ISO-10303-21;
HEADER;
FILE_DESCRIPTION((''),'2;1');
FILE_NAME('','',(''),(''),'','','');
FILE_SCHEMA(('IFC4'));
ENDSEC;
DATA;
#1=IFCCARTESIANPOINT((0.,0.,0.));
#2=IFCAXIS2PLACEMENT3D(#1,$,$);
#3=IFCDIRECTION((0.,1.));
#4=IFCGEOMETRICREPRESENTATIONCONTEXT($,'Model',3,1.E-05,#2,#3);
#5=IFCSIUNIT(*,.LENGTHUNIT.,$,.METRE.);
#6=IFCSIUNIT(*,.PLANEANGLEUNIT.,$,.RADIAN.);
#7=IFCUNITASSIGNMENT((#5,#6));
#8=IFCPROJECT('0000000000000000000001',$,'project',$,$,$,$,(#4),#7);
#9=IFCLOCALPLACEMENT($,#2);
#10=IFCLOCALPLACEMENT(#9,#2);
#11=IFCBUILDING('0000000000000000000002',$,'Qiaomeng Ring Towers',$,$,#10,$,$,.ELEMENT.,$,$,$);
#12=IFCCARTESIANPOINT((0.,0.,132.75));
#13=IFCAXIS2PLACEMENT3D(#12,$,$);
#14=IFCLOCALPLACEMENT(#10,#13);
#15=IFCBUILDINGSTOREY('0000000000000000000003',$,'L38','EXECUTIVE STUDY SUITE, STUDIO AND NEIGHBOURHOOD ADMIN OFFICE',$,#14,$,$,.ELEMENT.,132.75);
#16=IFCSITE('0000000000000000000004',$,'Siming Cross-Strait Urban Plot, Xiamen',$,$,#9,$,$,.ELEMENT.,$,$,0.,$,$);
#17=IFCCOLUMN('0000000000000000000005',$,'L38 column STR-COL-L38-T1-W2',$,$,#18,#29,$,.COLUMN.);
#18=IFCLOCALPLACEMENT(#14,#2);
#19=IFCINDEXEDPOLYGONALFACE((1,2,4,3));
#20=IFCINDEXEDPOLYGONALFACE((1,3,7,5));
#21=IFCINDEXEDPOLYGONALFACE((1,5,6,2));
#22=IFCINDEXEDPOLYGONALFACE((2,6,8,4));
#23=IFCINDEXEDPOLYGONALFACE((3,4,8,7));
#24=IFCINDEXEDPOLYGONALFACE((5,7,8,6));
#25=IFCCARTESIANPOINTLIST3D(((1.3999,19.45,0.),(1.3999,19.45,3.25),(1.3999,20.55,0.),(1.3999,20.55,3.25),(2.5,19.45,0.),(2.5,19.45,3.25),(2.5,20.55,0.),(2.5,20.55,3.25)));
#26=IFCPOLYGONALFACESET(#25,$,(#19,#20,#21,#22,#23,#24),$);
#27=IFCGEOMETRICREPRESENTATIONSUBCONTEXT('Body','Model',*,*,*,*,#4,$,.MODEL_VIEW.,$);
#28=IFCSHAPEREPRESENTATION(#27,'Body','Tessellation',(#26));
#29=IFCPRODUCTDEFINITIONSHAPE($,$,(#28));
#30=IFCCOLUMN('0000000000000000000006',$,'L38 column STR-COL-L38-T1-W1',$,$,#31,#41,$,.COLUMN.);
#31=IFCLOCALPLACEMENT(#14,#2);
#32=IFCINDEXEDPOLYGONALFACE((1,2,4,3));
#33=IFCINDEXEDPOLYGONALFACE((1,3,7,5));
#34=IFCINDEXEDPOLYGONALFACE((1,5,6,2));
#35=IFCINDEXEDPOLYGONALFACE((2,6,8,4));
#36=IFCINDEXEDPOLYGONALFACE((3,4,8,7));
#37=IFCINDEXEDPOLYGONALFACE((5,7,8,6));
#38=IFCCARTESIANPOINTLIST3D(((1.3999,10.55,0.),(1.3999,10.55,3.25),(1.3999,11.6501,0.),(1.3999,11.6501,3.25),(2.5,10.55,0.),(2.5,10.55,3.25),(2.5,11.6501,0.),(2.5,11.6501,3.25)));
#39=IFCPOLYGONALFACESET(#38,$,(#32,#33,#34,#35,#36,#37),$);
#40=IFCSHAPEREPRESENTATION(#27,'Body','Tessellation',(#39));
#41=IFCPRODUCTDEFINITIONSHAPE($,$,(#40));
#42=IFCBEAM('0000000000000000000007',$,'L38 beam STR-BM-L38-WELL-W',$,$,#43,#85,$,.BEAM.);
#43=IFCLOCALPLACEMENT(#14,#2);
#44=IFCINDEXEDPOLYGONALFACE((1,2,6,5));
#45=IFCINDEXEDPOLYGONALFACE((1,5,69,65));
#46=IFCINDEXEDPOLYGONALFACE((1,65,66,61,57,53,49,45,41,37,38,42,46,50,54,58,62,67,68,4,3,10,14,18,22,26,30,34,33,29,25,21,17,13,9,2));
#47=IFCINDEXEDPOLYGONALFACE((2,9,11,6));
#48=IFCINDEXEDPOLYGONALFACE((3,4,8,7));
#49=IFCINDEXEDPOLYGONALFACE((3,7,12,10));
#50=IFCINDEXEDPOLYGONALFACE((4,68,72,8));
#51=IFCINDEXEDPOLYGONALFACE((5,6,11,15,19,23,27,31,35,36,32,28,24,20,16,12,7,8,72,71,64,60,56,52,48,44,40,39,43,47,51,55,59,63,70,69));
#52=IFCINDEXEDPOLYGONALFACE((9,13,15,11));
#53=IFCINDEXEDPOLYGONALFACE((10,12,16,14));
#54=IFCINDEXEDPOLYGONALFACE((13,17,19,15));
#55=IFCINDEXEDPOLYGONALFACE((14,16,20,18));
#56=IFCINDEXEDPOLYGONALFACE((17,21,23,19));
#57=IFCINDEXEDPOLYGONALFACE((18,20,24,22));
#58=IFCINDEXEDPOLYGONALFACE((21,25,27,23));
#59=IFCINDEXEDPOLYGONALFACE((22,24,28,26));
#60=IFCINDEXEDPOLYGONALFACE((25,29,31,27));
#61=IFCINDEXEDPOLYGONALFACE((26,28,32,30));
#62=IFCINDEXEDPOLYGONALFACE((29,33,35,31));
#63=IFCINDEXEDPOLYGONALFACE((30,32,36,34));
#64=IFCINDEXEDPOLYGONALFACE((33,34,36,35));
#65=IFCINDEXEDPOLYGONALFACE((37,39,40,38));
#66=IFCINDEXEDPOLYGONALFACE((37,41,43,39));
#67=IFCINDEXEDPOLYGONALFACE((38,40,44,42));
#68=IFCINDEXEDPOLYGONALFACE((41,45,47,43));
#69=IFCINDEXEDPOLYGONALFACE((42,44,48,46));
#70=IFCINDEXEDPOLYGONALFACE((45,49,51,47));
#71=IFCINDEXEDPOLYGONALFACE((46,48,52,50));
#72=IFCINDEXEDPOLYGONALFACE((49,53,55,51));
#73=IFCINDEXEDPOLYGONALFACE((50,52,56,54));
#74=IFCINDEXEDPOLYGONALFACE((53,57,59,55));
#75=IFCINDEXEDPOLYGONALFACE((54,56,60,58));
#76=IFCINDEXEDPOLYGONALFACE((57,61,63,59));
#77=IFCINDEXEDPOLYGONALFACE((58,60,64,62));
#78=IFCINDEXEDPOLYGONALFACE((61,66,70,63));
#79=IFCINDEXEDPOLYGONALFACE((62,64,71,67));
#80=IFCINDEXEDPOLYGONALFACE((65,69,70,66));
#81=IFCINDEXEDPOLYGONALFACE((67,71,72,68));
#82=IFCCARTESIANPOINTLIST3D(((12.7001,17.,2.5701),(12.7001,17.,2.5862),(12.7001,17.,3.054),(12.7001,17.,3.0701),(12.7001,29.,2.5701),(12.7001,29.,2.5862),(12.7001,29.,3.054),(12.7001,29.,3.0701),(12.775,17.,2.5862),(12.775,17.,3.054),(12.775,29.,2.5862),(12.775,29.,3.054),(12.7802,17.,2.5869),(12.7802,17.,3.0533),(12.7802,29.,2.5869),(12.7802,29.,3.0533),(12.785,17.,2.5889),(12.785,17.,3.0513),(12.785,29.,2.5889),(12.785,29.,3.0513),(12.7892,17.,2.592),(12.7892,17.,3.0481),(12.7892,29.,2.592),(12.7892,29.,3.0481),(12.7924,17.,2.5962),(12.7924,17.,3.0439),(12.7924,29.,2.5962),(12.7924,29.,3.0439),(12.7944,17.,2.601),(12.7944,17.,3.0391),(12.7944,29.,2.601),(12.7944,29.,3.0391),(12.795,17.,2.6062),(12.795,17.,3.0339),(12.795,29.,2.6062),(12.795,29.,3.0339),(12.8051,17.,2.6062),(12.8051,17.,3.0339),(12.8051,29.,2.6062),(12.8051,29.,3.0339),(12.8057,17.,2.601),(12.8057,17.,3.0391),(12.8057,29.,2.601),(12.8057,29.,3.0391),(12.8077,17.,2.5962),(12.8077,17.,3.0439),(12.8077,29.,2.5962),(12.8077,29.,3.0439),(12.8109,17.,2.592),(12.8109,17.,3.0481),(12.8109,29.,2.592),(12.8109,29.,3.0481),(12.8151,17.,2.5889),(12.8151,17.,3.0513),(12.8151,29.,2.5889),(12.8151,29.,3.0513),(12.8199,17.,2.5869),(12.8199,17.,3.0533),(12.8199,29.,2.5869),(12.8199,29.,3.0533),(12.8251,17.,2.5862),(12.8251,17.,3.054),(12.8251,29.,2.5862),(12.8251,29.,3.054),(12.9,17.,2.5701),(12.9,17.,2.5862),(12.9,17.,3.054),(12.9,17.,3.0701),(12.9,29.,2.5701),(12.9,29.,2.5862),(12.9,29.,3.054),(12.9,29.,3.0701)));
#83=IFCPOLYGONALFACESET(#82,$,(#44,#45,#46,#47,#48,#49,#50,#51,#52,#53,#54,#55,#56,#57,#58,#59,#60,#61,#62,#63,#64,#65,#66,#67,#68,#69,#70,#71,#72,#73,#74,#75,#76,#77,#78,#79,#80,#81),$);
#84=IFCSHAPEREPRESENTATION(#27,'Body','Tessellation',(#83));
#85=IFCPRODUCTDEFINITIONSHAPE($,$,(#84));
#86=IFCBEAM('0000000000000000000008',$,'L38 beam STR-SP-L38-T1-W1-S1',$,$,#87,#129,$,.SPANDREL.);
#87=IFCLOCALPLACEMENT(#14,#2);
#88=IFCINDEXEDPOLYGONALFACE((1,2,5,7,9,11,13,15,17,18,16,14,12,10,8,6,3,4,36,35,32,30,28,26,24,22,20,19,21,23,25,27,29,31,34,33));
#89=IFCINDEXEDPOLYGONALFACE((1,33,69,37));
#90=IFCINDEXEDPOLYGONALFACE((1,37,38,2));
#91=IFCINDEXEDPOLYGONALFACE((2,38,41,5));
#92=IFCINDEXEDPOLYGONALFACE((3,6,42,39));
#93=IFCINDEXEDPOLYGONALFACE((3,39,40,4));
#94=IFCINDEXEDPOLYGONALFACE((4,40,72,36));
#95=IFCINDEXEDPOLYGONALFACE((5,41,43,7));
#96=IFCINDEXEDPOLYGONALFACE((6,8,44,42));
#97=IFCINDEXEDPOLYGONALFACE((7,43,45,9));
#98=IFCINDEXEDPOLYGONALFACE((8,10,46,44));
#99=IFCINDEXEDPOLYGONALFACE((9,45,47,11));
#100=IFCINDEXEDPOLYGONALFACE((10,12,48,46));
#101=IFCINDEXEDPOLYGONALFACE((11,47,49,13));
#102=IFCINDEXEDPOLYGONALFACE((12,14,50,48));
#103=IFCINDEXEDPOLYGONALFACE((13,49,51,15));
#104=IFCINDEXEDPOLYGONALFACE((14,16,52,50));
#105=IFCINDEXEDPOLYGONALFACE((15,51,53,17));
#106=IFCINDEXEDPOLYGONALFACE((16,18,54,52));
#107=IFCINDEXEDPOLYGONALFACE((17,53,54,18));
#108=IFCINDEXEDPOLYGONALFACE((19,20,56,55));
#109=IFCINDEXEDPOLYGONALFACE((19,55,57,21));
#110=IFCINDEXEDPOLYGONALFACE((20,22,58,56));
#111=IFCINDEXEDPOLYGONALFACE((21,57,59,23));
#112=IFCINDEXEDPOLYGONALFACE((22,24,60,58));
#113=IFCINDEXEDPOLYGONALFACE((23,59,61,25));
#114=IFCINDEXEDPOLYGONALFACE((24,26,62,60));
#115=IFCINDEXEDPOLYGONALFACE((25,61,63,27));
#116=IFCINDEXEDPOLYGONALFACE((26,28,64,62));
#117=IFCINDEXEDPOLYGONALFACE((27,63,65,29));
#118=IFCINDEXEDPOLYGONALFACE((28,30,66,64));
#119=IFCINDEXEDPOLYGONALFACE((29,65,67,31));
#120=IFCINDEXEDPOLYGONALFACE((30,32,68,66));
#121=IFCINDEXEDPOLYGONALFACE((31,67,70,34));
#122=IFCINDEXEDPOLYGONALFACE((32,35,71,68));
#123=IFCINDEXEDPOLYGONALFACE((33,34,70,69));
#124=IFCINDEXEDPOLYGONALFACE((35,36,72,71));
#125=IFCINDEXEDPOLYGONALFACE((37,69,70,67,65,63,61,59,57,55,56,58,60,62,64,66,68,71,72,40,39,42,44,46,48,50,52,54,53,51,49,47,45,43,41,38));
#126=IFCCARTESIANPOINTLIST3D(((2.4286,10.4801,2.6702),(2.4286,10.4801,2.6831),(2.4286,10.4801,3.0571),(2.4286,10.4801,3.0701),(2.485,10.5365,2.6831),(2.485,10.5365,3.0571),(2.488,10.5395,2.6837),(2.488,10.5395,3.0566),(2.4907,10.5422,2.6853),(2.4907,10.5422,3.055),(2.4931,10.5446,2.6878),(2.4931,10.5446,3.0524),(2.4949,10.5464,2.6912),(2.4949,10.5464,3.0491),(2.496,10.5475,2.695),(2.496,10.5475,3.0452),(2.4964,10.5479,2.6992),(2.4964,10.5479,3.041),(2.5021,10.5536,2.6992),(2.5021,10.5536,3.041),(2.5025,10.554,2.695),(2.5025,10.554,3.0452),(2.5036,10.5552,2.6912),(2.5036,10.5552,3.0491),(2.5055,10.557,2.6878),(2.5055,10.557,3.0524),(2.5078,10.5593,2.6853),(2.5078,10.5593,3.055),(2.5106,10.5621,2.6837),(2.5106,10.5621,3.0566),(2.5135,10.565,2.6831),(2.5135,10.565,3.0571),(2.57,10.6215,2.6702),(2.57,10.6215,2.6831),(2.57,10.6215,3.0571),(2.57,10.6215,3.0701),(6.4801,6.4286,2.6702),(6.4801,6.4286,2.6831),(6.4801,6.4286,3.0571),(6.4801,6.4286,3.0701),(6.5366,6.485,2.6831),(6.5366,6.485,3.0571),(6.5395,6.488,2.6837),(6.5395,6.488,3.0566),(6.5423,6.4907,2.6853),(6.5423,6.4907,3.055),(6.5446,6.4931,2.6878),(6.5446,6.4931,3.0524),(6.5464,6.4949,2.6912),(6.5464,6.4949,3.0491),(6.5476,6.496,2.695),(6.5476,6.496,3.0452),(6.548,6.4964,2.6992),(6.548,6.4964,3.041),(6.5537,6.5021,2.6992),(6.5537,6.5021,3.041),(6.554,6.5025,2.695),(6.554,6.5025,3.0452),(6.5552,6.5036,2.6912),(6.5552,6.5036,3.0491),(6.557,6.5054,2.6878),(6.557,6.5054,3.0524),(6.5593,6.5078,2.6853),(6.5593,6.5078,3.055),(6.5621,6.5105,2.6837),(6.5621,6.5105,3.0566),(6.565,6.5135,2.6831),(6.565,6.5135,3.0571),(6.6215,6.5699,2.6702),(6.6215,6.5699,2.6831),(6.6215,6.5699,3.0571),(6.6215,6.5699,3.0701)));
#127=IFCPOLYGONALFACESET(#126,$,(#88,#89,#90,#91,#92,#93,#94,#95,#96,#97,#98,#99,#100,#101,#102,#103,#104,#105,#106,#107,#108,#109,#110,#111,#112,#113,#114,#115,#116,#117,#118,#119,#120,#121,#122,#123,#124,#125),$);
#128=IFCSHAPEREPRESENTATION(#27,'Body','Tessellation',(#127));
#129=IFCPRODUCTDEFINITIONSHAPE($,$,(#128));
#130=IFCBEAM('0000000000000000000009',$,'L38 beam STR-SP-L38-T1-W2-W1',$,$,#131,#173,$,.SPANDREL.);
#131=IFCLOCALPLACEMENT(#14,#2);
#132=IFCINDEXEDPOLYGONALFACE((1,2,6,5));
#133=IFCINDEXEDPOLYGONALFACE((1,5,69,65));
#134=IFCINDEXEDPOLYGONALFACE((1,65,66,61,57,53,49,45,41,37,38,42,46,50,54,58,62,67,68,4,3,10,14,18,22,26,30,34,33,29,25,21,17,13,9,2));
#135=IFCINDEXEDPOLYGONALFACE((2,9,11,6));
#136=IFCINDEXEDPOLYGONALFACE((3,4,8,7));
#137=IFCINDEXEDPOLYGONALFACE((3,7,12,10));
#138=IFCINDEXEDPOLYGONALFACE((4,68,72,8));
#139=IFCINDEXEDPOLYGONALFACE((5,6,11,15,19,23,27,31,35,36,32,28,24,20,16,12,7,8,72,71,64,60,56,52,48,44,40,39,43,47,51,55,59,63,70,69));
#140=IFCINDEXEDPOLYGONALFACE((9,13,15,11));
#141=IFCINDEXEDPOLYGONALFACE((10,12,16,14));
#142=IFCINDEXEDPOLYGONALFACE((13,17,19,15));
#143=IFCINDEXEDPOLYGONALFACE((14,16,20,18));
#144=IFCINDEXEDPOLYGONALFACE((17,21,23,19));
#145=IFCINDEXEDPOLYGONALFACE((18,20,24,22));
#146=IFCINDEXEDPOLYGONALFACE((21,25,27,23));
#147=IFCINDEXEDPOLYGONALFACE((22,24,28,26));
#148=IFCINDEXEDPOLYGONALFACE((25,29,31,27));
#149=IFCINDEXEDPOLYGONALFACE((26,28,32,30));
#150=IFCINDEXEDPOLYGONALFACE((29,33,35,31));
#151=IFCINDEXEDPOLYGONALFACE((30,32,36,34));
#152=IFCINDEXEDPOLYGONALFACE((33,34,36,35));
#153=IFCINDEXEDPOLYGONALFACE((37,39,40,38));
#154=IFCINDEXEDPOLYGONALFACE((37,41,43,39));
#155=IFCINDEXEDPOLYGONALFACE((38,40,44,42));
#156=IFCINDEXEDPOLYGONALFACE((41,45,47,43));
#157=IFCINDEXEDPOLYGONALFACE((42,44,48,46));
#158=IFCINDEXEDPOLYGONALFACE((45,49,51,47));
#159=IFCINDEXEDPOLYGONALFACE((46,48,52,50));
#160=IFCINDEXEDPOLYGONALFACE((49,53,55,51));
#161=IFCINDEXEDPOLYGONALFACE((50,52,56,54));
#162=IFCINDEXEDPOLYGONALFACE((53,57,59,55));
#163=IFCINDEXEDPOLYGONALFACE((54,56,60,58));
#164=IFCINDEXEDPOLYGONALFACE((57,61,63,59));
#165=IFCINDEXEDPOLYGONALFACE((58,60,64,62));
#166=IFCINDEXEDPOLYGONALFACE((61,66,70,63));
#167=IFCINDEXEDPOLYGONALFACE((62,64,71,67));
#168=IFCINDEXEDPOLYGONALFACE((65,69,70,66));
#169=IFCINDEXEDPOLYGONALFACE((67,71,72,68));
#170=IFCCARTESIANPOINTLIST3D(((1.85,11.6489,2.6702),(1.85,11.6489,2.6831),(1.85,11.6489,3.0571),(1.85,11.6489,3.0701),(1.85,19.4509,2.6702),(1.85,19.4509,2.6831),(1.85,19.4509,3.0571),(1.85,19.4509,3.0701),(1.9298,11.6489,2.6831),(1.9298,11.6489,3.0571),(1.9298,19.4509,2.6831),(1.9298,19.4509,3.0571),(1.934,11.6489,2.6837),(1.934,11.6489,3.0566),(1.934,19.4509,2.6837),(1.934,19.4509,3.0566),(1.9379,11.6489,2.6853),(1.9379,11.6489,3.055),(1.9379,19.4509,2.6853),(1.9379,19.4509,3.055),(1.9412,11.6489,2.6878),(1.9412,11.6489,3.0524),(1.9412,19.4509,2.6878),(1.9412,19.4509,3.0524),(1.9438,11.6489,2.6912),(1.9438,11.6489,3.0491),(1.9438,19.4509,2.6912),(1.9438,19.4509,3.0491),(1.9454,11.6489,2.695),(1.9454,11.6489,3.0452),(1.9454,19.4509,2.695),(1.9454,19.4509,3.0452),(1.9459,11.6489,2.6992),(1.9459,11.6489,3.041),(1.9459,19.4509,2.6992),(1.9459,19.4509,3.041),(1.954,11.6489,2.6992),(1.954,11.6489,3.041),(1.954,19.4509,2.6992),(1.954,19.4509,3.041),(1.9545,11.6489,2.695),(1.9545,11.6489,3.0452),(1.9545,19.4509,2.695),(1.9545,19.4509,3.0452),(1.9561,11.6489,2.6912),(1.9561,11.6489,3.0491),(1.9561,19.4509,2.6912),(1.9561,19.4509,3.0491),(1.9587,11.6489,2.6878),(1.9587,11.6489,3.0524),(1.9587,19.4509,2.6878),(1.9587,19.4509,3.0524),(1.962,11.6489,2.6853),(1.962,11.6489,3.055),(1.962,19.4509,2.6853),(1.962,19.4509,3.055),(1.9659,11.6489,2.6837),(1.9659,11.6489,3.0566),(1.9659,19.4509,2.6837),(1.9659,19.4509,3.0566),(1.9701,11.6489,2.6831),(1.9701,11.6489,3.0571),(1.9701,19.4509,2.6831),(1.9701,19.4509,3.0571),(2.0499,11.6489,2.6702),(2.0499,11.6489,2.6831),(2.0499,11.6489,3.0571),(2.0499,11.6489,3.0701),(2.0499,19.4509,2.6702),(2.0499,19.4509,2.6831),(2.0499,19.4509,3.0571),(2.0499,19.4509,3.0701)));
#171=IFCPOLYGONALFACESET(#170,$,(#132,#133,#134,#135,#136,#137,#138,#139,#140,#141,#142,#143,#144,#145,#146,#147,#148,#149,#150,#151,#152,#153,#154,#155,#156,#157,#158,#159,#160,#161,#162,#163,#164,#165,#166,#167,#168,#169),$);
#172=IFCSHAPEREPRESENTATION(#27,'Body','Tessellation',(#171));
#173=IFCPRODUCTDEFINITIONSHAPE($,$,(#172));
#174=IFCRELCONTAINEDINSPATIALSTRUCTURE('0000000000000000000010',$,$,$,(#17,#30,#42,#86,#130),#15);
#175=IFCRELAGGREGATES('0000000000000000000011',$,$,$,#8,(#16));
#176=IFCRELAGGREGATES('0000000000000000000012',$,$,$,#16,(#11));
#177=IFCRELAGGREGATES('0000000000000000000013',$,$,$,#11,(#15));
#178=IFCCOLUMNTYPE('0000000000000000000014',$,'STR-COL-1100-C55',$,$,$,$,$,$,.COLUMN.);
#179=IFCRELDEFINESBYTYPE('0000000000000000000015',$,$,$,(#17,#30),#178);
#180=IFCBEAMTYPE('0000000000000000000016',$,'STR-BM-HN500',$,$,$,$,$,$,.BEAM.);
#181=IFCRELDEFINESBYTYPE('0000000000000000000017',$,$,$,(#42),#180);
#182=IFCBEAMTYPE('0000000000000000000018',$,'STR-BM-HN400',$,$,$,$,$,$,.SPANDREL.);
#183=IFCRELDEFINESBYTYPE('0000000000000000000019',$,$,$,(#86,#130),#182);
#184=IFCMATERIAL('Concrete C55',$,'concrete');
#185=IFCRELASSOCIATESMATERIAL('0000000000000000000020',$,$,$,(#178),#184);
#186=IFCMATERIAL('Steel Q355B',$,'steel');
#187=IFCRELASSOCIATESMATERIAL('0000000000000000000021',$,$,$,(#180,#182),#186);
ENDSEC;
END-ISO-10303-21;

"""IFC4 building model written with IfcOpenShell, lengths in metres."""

from ifc_helpers import new_model, si_unit, direction, frame, origin, origin_2d, place, context, subcontext, project, spatial, rectangle, i_section, extrude, source, transform, mapped, material, material_profile, profile_set, type_object, element, save


model = new_model("IFC4")

# Units and contexts
model_context = context("Model", 3, precision=1e-05, world=origin(), true_north=direction((0.0, 1.0)))
body_context = subcontext(model_context, "Body", "Model", "MODEL_VIEW")
ifc_project = project(units=[si_unit("LENGTHUNIT", "METRE"), si_unit("PLANEANGLEUNIT", "RADIAN")], contexts=[model_context])

# Site, building, storey
site_placement = place(None, origin())
site = spatial("IfcSite", under=ifc_project, at=site_placement, Name="Siming Cross-Strait Urban Plot, Xiamen", CompositionType="ELEMENT", RefElevation=0.0)
building_placement = place(site_placement, origin())
building = spatial("IfcBuilding", under=site, at=building_placement, Name="Qiaomeng Ring Towers", CompositionType="ELEMENT")
storey_placement = place(building_placement, frame((0.0, 0.0, 132.75)))
storey = spatial("IfcBuildingStorey", under=building, at=storey_placement, Name="L38", Description="EXECUTIVE STUDY SUITE, STUDIO AND NEIGHBOURHOOD ADMIN OFFICE", CompositionType="ELEMENT", Elevation=132.75)

# Columns
ifc_material_1 = material(Name="Concrete C55", Category="concrete")
ifc_material_profile_1 = material_profile(ifc_material_1, rectangle(XDim=1.1001, YDim=1.1001, at=origin_2d()), Name="RC COL 1100x1100")
ifc_profile_set_1 = profile_set([ifc_material_profile_1], Name="Concrete C55")
column_type = type_object("IfcColumnType", Name="STR-COL-1100-C55", PredefinedType="COLUMN", material=ifc_profile_set_1)
shared_shape_1 = source(origin(), body_context, "Body", "SweptSolid", [
    extrude(rectangle(XDim=1.1001, YDim=1.1001, at=origin_2d()), origin(), (0.0, 0.0, 1.0), 3.25),
])
for number, where, z_axis, x_axis, name in (
    (1, (1.95, 20.0, 0.0), (0.0, 0.0, 1.0), (1.0, 0.0, 0.0), "L38 column STR-COL-L38-T1-W2"),
    (2, (1.95, 11.1001, 0.0), (0.0, 0.0, 1.0), (1.0, 0.0, 0.0), "L38 column STR-COL-L38-T1-W1"),
):
    element("IfcColumn", number, at=place(storey_placement, frame(where, z_axis=z_axis, x_axis=x_axis)), inside=storey, type_object=column_type, Name=name, PredefinedType="COLUMN", context=body_context, shape_type="MappedRepresentation", body=[
        mapped(shared_shape_1, transform((0.0, 0.0, 0.0), x_axis=(1.0, 0.0, 0.0), y_axis=(0.0, 1.0, 0.0), z_axis=(0.0, 0.0, 1.0), scale=1.0)),
    ])

# Beams
ifc_material_2 = material(Name="Steel Q355B", Category="steel")
ifc_material_profile_2 = material_profile(ifc_material_2, i_section(OverallWidth=0.2, OverallDepth=0.5, WebThickness=0.01, FlangeThickness=0.0161, FilletRadius=0.02, at=origin_2d()), Name="HN 500x200x10x16")
ifc_profile_set_2 = profile_set([ifc_material_profile_2], Name="Steel Q355B")
beam_type_1 = type_object("IfcBeamType", Name="STR-BM-HN500", PredefinedType="BEAM", material=ifc_profile_set_2)
shared_shape_2 = source(origin(), body_context, "Body", "SweptSolid", [
    extrude(i_section(OverallWidth=0.2, OverallDepth=0.5, WebThickness=0.01, FlangeThickness=0.0161, FilletRadius=0.02, at=origin_2d()), origin(), (0.0, 0.0, 1.0), 12.0),
])
beam_1_placement = place(storey_placement, frame((12.8, 17.0, 2.8201), z_axis=(0.0, 1.0, 0.0), x_axis=(-1.0, 0.0, 0.0)))
element("IfcBeam", 3, at=beam_1_placement, inside=storey, type_object=beam_type_1, Name="L38 beam STR-BM-L38-WELL-W", PredefinedType="BEAM", context=body_context, shape_type="MappedRepresentation", body=[
    mapped(shared_shape_2, transform((0.0, 0.0, 0.0), x_axis=(1.0, 0.0, 0.0), y_axis=(0.0, 1.0, 0.0), z_axis=(0.0, 0.0, 1.0), scale=1.0)),
])
ifc_material_profile_3 = material_profile(ifc_material_2, i_section(OverallWidth=0.2, OverallDepth=0.3999, WebThickness=0.0081, FlangeThickness=0.0129, FilletRadius=0.0161, at=origin_2d()), Name="HN 400x200x8x13")
ifc_profile_set_3 = profile_set([ifc_material_profile_3], Name="Steel Q355B")
beam_type_2 = type_object("IfcBeamType", Name="STR-BM-HN400", PredefinedType="SPANDREL", material=ifc_profile_set_3)
shared_shape_3 = source(origin(), body_context, "Body", "SweptSolid", [
    extrude(i_section(OverallWidth=0.2, OverallDepth=0.3999, WebThickness=0.0081, FlangeThickness=0.0129, FilletRadius=0.0161, at=origin_2d()), origin(), (0.0, 0.0, 1.0), 5.7297),
])
beam_2_placement = place(storey_placement, frame((2.4993, 10.5508, 2.8701), z_axis=(0.707107, -0.707107, 0.0), x_axis=(0.707107, 0.707107, 0.0)))
element("IfcBeam", 4, at=beam_2_placement, inside=storey, type_object=beam_type_2, Name="L38 beam STR-SP-L38-T1-W1-S1", PredefinedType="SPANDREL", context=body_context, shape_type="MappedRepresentation", body=[
    mapped(shared_shape_3, transform((0.0, 0.0, 0.0), x_axis=(1.0, 0.0, 0.0), y_axis=(0.0, 1.0, 0.0), z_axis=(0.0, 0.0, 1.0), scale=1.0)),
])
shared_shape_4 = source(origin(), body_context, "Body", "SweptSolid", [
    extrude(i_section(OverallWidth=0.2, OverallDepth=0.3999, WebThickness=0.0081, FlangeThickness=0.0129, FilletRadius=0.0161, at=origin_2d()), origin(), (0.0, 0.0, 1.0), 7.802),
])
beam_3_placement = place(storey_placement, frame((1.95, 19.4509, 2.8701), z_axis=(0.0, -1.0, 0.0), x_axis=(1.0, 0.0, 0.0)))
element("IfcBeam", 5, at=beam_3_placement, inside=storey, type_object=beam_type_2, Name="L38 beam STR-SP-L38-T1-W2-W1", PredefinedType="SPANDREL", context=body_context, shape_type="MappedRepresentation", body=[
    mapped(shared_shape_4, transform((0.0, 0.0, 0.0), x_axis=(1.0, 0.0, 0.0), y_axis=(0.0, 1.0, 0.0), z_axis=(0.0, 0.0, 1.0), scale=1.0)),
])

save(model, "model.ifc")
